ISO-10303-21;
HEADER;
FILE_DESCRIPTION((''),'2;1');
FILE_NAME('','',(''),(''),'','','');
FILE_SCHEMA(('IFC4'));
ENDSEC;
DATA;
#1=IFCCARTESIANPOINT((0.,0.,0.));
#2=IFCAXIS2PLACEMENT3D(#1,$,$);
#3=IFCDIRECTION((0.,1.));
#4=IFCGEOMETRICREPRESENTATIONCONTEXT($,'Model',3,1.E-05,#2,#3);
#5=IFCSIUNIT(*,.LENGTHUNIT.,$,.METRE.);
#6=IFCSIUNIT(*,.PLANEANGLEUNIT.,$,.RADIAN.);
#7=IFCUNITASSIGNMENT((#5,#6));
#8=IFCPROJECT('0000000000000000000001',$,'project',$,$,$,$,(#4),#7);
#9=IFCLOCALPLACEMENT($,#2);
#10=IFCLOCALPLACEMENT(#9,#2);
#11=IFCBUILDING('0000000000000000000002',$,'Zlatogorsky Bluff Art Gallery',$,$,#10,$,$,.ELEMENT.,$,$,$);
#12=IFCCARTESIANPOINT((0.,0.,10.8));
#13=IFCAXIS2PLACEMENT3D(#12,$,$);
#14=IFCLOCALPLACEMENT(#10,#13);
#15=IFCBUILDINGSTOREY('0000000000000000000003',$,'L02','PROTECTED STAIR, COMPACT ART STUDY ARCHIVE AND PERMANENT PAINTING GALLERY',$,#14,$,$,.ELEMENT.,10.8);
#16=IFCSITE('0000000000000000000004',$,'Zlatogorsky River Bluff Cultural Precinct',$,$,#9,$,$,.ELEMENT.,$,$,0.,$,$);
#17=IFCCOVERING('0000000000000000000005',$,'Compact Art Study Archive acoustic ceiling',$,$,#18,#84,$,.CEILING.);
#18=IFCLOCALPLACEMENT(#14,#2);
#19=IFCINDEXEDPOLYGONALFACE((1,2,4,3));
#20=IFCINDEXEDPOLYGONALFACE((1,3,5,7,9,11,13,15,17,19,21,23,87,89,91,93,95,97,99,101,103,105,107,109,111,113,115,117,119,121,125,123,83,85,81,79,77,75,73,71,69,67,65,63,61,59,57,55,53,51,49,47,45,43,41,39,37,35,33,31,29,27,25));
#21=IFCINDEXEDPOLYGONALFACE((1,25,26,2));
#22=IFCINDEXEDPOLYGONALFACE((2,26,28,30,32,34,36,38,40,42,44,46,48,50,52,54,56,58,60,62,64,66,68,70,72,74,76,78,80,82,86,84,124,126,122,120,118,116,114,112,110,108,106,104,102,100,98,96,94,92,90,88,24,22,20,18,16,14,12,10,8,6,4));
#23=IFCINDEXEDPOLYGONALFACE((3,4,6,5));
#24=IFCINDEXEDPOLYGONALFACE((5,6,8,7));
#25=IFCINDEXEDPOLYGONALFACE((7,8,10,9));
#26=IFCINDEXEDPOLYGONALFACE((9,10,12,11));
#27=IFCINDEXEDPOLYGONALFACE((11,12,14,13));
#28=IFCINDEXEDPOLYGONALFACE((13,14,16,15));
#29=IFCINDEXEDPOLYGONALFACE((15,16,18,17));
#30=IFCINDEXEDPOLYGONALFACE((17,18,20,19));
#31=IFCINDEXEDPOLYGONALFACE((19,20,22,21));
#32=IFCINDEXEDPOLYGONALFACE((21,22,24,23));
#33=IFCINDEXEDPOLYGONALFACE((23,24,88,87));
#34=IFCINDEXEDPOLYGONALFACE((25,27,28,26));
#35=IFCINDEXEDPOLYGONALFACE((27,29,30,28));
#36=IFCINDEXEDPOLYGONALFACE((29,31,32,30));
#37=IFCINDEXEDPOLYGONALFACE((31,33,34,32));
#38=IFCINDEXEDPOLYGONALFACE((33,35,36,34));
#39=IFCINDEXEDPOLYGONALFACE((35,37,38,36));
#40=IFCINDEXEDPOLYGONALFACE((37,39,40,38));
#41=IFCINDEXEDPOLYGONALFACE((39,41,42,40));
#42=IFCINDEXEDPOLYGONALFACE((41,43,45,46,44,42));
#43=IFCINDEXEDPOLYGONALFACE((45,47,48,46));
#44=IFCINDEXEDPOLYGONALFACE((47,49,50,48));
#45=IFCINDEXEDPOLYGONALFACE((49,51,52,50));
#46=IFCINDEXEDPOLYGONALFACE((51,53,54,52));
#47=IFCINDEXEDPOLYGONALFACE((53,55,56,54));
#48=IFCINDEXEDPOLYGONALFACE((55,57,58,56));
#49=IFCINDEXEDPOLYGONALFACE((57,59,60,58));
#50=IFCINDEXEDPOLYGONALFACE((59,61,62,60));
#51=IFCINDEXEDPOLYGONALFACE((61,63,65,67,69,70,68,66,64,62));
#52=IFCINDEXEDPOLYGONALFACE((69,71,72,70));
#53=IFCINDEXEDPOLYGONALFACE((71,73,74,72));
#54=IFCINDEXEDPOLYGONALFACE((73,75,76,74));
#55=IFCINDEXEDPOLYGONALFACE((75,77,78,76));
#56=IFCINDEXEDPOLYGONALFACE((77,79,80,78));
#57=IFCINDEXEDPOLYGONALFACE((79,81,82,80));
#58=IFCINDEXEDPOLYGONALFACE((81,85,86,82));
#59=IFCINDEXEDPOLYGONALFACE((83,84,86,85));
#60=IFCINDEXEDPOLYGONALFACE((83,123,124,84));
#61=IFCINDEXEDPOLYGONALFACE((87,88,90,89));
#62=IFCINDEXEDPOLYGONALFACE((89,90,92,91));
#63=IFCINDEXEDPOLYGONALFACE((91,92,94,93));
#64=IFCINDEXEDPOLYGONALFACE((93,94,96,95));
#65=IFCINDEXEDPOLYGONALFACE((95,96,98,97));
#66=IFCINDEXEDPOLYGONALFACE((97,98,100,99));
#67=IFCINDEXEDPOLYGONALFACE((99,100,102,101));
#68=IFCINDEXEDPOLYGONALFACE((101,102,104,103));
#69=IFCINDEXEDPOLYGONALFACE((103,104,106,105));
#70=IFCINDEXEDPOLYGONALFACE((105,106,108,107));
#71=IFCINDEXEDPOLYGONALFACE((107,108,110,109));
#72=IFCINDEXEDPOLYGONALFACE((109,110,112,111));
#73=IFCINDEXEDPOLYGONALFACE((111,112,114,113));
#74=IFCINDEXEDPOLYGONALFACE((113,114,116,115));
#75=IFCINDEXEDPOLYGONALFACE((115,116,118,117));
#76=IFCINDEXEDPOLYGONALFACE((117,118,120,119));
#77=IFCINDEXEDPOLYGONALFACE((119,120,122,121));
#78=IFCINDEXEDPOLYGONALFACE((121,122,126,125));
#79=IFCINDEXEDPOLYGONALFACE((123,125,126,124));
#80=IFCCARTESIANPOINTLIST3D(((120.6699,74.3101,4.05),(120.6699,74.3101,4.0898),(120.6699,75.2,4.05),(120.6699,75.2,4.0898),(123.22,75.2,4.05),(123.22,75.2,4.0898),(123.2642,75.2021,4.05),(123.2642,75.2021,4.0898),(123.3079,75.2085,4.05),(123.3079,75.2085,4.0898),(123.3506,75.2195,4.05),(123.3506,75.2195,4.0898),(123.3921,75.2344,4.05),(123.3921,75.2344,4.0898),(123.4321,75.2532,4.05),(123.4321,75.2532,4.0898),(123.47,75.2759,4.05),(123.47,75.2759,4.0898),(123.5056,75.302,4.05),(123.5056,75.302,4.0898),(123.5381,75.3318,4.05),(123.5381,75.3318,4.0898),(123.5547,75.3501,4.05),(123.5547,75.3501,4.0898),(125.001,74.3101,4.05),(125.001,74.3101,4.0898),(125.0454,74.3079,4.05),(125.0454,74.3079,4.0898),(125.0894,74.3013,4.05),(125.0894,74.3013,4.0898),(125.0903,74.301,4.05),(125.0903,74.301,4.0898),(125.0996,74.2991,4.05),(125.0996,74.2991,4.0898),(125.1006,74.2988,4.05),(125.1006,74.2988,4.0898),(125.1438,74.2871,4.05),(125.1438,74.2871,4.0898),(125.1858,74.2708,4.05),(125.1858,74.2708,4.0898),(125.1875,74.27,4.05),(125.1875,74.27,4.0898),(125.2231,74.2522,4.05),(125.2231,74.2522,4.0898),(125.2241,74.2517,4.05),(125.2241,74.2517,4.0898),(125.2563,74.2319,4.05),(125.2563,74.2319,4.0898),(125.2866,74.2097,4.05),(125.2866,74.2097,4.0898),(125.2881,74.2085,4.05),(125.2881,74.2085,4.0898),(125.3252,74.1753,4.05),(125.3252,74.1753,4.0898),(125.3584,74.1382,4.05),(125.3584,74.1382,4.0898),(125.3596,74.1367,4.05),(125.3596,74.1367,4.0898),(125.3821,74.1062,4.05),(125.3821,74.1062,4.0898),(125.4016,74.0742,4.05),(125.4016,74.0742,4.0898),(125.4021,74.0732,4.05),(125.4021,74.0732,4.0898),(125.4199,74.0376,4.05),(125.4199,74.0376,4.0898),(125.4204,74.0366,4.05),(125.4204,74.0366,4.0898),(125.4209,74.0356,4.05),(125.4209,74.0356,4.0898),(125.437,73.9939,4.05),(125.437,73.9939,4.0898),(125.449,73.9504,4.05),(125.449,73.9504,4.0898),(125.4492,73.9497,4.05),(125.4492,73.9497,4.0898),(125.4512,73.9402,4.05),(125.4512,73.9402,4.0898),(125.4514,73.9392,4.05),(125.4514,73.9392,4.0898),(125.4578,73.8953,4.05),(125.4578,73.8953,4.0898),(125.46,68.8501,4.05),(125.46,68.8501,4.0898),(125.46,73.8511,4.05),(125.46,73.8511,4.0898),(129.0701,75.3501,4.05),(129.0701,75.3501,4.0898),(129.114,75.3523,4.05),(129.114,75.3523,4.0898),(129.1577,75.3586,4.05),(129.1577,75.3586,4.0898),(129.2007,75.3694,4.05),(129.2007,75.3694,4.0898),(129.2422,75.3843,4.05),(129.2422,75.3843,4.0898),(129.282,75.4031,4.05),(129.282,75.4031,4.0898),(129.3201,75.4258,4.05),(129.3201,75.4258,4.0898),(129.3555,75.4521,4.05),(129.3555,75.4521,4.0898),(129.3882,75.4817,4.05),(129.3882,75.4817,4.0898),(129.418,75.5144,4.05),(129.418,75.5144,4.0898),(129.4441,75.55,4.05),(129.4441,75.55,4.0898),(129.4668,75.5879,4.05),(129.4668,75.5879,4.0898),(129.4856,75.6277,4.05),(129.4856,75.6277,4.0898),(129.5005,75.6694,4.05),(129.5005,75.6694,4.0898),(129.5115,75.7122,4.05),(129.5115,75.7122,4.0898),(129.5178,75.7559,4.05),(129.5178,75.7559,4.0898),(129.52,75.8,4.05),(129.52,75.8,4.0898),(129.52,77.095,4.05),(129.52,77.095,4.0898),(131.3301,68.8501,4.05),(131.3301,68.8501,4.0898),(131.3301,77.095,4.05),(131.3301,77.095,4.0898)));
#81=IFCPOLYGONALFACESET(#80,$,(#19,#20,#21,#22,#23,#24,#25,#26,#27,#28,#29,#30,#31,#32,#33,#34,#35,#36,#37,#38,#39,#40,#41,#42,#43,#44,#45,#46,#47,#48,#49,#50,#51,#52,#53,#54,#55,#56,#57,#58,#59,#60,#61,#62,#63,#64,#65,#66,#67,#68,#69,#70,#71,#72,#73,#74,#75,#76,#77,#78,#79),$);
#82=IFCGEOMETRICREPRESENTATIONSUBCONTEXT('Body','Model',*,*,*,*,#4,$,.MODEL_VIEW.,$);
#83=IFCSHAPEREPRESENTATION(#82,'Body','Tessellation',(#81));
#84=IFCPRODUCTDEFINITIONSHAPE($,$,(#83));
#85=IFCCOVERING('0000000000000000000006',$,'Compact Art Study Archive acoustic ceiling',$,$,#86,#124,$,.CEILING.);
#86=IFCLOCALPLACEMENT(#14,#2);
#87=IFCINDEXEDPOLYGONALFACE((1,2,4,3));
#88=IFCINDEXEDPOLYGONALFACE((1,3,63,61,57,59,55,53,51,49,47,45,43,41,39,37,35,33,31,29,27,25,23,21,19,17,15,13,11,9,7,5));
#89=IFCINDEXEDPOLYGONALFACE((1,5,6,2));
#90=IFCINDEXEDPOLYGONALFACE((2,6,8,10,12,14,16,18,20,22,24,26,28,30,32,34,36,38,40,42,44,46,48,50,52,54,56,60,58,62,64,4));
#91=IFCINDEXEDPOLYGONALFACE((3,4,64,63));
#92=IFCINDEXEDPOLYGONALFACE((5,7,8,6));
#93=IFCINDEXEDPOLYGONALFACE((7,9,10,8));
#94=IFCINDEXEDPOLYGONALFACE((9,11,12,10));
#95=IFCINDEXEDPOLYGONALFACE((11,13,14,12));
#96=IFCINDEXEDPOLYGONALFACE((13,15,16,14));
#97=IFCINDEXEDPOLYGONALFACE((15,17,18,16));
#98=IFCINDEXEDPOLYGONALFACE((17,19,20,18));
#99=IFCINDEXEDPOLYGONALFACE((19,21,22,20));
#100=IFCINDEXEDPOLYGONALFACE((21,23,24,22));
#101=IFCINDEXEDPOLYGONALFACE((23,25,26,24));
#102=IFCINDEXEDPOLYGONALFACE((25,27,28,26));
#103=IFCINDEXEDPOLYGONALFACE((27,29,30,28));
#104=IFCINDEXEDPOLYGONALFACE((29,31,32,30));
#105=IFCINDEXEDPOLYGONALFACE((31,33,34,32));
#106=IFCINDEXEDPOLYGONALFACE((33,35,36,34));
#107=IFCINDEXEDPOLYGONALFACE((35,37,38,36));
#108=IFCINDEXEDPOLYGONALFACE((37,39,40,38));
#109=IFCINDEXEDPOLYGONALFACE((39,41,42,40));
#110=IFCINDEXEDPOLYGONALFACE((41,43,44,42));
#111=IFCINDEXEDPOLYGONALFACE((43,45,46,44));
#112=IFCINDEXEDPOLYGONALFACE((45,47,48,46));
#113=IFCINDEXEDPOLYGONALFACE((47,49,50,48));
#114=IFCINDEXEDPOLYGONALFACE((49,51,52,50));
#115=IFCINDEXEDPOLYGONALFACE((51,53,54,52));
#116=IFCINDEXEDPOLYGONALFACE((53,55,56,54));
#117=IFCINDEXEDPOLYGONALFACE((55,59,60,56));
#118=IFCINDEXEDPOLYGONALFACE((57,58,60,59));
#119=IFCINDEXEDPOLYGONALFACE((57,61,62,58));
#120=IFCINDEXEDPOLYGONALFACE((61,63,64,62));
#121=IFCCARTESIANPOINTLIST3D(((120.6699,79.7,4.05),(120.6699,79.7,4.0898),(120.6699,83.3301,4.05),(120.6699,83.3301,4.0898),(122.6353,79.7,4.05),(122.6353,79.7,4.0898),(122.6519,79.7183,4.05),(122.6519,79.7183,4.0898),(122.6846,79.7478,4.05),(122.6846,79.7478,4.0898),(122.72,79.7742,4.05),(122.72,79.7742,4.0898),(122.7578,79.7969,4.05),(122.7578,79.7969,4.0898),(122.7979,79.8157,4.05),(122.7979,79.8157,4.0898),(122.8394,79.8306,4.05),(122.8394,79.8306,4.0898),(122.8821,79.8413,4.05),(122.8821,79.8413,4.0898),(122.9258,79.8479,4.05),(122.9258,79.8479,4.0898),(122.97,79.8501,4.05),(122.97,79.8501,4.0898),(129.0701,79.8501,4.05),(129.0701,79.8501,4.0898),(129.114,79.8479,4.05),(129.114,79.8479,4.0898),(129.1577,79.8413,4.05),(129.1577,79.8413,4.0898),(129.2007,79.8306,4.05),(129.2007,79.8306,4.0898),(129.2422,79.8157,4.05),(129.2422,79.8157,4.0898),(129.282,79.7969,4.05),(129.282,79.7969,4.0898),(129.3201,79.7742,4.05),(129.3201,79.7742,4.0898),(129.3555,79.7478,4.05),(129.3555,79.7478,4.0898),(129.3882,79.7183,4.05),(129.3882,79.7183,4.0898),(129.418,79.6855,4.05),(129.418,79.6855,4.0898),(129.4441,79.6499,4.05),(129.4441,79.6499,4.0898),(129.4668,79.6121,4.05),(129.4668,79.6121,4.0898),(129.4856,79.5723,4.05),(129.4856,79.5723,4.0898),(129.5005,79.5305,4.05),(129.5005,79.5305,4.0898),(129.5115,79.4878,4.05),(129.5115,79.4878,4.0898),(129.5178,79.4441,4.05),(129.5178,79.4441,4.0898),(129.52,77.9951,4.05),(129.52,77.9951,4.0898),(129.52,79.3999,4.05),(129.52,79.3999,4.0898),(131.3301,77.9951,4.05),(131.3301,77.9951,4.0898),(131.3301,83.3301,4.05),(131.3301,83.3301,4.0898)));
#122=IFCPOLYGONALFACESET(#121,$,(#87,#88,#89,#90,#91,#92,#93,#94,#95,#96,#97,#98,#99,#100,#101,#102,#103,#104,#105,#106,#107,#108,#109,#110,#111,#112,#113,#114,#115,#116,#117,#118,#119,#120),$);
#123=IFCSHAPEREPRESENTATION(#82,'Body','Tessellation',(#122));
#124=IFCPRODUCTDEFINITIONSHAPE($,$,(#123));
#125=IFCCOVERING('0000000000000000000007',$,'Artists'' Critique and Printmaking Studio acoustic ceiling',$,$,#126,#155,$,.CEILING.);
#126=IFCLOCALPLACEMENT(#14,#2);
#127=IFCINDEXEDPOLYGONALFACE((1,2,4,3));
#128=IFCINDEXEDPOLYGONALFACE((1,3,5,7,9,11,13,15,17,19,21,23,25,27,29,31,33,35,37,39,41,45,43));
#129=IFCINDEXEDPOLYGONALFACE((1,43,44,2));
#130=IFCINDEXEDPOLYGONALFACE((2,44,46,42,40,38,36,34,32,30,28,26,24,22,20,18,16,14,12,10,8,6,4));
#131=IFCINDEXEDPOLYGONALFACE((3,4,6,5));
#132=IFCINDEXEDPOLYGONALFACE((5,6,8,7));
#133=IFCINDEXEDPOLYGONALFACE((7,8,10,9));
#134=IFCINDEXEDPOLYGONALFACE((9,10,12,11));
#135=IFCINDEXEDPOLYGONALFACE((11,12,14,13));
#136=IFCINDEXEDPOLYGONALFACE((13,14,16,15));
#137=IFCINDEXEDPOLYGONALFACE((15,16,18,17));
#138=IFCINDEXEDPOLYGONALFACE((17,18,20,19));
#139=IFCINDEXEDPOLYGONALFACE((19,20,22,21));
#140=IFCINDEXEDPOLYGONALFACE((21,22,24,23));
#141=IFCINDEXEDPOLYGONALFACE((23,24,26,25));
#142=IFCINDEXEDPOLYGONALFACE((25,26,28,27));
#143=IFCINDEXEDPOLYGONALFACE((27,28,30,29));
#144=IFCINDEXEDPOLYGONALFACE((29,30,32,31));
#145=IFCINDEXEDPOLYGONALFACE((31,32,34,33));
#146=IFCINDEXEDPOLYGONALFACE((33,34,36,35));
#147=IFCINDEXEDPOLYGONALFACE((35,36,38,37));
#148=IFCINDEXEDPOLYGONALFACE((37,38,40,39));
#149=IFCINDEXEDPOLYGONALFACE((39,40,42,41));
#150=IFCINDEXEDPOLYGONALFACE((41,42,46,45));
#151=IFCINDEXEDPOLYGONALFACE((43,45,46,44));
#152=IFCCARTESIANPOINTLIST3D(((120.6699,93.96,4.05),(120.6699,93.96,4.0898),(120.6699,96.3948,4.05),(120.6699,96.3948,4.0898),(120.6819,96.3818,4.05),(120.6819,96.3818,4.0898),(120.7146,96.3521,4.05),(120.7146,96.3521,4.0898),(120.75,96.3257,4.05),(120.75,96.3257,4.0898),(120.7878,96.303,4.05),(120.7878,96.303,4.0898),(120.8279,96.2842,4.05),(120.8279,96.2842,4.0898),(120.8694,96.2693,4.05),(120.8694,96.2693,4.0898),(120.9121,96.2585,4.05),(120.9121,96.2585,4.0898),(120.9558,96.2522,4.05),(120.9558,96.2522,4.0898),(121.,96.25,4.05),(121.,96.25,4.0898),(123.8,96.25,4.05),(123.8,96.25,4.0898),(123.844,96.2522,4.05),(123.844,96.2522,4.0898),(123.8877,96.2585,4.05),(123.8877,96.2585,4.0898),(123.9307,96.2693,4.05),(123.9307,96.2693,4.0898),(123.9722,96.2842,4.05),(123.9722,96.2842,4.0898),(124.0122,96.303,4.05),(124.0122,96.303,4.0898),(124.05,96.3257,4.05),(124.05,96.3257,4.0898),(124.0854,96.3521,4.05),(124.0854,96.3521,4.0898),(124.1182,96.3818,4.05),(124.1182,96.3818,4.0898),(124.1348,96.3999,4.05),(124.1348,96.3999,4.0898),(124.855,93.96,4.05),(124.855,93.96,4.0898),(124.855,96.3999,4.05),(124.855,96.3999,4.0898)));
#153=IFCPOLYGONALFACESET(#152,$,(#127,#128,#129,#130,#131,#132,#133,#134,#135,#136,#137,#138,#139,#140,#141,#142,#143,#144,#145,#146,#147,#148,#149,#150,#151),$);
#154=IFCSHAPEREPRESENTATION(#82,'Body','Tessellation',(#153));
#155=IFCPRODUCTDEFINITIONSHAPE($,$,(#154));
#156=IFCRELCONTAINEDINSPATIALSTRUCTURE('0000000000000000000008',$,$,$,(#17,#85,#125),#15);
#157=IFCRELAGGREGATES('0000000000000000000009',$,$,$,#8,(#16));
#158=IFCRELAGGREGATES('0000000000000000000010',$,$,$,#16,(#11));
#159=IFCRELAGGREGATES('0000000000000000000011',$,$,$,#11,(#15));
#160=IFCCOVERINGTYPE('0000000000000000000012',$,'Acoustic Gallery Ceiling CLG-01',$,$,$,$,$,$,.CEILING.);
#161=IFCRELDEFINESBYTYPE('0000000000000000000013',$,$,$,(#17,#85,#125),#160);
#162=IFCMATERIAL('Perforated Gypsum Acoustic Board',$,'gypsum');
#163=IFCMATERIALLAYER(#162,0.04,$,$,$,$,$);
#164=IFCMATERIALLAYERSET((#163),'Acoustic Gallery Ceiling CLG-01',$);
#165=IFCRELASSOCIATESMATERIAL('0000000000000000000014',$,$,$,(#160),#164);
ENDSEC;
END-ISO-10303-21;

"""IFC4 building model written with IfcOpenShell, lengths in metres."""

from ifc_helpers import new_model, si_unit, direction, frame, origin, place, context, subcontext, project, spatial, polyline, outline, extrude, material, layer, layer_set, type_object, element, save


model = new_model("IFC4")

# Units and contexts
model_context = context("Model", 3, precision=1e-05, world=origin(), true_north=direction((0.0, 1.0)))
body_context = subcontext(model_context, "Body", "Model", "MODEL_VIEW")
ifc_project = project(units=[si_unit("LENGTHUNIT", "METRE"), si_unit("PLANEANGLEUNIT", "RADIAN")], contexts=[model_context])

# Site, building, storey
site_placement = place(None, origin())
site = spatial("IfcSite", under=ifc_project, at=site_placement, Name="Zlatogorsky River Bluff Cultural Precinct", CompositionType="ELEMENT", RefElevation=0.0)
building_placement = place(site_placement, origin())
building = spatial("IfcBuilding", under=site, at=building_placement, Name="Zlatogorsky Bluff Art Gallery", CompositionType="ELEMENT")
storey_placement = place(building_placement, frame((0.0, 0.0, 10.8)))
storey = spatial("IfcBuildingStorey", under=building, at=storey_placement, Name="L02", Description="PROTECTED STAIR, COMPACT ART STUDY ARCHIVE AND PERMANENT PAINTING GALLERY", CompositionType="ELEMENT", Elevation=10.8)

# Coverings
ifc_material_1 = material(Name="Perforated Gypsum Acoustic Board", Category="gypsum")
ifc_layer_1 = layer(ifc_material_1, 0.04)
ifc_layer_set_1 = layer_set([ifc_layer_1], Name="Acoustic Gallery Ceiling CLG-01")
covering_type_1 = type_object("IfcCoveringType", Name="Acoustic Gallery Ceiling CLG-01", PredefinedType="CEILING", material=ifc_layer_set_1)
covering_1_placement = place(storey_placement, frame((0.0, 0.0, 4.05)))
element("IfcCovering", 1, at=covering_1_placement, inside=storey, type_object=covering_type_1, Name="Compact Art Study Archive acoustic ceiling", PredefinedType="CEILING", context=body_context, shape_type="SweptSolid", body=[
    extrude(outline(polyline([(123.22, 75.2), (123.2642, 75.2021), (123.3079, 75.2085), (123.3506, 75.2195), (123.3921, 75.2344), (123.4321, 75.2532), (123.47, 75.2759), (123.5056, 75.302), (123.5381, 75.3318), (123.5547, 75.3501), (129.0701, 75.3501), (129.114, 75.3523), (129.1577, 75.3586), (129.2007, 75.3694), (129.2422, 75.3843), (129.282, 75.4031), (129.3201, 75.4258), (129.3555, 75.4521), (129.3882, 75.4817), (129.418, 75.5144), (129.4441, 75.55), (129.4668, 75.5879), (129.4856, 75.6277), (129.5005, 75.6694), (129.5115, 75.7122), (129.5178, 75.7559), (129.52, 75.8), (129.52, 77.095), (131.3301, 77.095), (131.3301, 68.8501), (125.46, 68.8501), (125.46, 73.8511), (125.4578, 73.8953), (125.4514, 73.9392), (125.4512, 73.9402), (125.4492, 73.9497), (125.449, 73.9504), (125.437, 73.9939), (125.4209, 74.0356), (125.4204, 74.0366), (125.4199, 74.0376), (125.4021, 74.0732), (125.4016, 74.0742), (125.3821, 74.1062), (125.3596, 74.1367), (125.3584, 74.1382), (125.3252, 74.1753), (125.2881, 74.2085), (125.2866, 74.2097), (125.2563, 74.2319), (125.2241, 74.2517), (125.2231, 74.2522), (125.1875, 74.27), (125.1858, 74.2708), (125.1438, 74.2871), (125.1006, 74.2988), (125.0996, 74.2991), (125.0903, 74.301), (125.0894, 74.3013), (125.0454, 74.3079), (125.001, 74.3101), (120.6699, 74.3101), (120.6699, 75.2), (123.22, 75.2)])), origin(), (0.0, 0.0, 1.0), 0.0398),
])
covering_2_placement = place(storey_placement, frame((0.0, 0.0, 4.05)))
element("IfcCovering", 2, at=covering_2_placement, inside=storey, type_object=covering_type_1, Name="Compact Art Study Archive acoustic ceiling", PredefinedType="CEILING", context=body_context, shape_type="SweptSolid", body=[
    extrude(outline(polyline([(120.6699, 83.3301), (131.3301, 83.3301), (131.3301, 77.9951), (129.52, 77.9951), (129.52, 79.3999), (129.5178, 79.4441), (129.5115, 79.4878), (129.5005, 79.5305), (129.4856, 79.5723), (129.4668, 79.6121), (129.4441, 79.6499), (129.418, 79.6855), (129.3882, 79.7183), (129.3555, 79.7478), (129.3201, 79.7742), (129.282, 79.7969), (129.2422, 79.8157), (129.2007, 79.8306), (129.1577, 79.8413), (129.114, 79.8479), (129.0701, 79.8501), (122.97, 79.8501), (122.9258, 79.8479), (122.8821, 79.8413), (122.8394, 79.8306), (122.7979, 79.8157), (122.7578, 79.7969), (122.72, 79.7742), (122.6846, 79.7478), (122.6519, 79.7183), (122.6353, 79.7), (120.6699, 79.7), (120.6699, 83.3301)])), origin(), (0.0, 0.0, 1.0), 0.0398),
])
covering_3_placement = place(storey_placement, frame((0.0, 0.0, 4.05)))
element("IfcCovering", 3, at=covering_3_placement, inside=storey, type_object=covering_type_1, Name="Artists' Critique and Printmaking Studio acoustic ceiling", PredefinedType="CEILING", context=body_context, shape_type="SweptSolid", body=[
    extrude(outline(polyline([(120.6699, 96.3948), (120.6819, 96.3818), (120.7146, 96.3521), (120.75, 96.3257), (120.7878, 96.303), (120.8279, 96.2842), (120.8694, 96.2693), (120.9121, 96.2585), (120.9558, 96.2522), (121.0, 96.25), (123.8, 96.25), (123.844, 96.2522), (123.8877, 96.2585), (123.9307, 96.2693), (123.9722, 96.2842), (124.0122, 96.303), (124.05, 96.3257), (124.0854, 96.3521), (124.1182, 96.3818), (124.1348, 96.3999), (124.855, 96.3999), (124.855, 93.96), (120.6699, 93.96), (120.6699, 96.3948)])), origin(), (0.0, 0.0, 1.0), 0.0398),
])

save(model, "model.ifc")
